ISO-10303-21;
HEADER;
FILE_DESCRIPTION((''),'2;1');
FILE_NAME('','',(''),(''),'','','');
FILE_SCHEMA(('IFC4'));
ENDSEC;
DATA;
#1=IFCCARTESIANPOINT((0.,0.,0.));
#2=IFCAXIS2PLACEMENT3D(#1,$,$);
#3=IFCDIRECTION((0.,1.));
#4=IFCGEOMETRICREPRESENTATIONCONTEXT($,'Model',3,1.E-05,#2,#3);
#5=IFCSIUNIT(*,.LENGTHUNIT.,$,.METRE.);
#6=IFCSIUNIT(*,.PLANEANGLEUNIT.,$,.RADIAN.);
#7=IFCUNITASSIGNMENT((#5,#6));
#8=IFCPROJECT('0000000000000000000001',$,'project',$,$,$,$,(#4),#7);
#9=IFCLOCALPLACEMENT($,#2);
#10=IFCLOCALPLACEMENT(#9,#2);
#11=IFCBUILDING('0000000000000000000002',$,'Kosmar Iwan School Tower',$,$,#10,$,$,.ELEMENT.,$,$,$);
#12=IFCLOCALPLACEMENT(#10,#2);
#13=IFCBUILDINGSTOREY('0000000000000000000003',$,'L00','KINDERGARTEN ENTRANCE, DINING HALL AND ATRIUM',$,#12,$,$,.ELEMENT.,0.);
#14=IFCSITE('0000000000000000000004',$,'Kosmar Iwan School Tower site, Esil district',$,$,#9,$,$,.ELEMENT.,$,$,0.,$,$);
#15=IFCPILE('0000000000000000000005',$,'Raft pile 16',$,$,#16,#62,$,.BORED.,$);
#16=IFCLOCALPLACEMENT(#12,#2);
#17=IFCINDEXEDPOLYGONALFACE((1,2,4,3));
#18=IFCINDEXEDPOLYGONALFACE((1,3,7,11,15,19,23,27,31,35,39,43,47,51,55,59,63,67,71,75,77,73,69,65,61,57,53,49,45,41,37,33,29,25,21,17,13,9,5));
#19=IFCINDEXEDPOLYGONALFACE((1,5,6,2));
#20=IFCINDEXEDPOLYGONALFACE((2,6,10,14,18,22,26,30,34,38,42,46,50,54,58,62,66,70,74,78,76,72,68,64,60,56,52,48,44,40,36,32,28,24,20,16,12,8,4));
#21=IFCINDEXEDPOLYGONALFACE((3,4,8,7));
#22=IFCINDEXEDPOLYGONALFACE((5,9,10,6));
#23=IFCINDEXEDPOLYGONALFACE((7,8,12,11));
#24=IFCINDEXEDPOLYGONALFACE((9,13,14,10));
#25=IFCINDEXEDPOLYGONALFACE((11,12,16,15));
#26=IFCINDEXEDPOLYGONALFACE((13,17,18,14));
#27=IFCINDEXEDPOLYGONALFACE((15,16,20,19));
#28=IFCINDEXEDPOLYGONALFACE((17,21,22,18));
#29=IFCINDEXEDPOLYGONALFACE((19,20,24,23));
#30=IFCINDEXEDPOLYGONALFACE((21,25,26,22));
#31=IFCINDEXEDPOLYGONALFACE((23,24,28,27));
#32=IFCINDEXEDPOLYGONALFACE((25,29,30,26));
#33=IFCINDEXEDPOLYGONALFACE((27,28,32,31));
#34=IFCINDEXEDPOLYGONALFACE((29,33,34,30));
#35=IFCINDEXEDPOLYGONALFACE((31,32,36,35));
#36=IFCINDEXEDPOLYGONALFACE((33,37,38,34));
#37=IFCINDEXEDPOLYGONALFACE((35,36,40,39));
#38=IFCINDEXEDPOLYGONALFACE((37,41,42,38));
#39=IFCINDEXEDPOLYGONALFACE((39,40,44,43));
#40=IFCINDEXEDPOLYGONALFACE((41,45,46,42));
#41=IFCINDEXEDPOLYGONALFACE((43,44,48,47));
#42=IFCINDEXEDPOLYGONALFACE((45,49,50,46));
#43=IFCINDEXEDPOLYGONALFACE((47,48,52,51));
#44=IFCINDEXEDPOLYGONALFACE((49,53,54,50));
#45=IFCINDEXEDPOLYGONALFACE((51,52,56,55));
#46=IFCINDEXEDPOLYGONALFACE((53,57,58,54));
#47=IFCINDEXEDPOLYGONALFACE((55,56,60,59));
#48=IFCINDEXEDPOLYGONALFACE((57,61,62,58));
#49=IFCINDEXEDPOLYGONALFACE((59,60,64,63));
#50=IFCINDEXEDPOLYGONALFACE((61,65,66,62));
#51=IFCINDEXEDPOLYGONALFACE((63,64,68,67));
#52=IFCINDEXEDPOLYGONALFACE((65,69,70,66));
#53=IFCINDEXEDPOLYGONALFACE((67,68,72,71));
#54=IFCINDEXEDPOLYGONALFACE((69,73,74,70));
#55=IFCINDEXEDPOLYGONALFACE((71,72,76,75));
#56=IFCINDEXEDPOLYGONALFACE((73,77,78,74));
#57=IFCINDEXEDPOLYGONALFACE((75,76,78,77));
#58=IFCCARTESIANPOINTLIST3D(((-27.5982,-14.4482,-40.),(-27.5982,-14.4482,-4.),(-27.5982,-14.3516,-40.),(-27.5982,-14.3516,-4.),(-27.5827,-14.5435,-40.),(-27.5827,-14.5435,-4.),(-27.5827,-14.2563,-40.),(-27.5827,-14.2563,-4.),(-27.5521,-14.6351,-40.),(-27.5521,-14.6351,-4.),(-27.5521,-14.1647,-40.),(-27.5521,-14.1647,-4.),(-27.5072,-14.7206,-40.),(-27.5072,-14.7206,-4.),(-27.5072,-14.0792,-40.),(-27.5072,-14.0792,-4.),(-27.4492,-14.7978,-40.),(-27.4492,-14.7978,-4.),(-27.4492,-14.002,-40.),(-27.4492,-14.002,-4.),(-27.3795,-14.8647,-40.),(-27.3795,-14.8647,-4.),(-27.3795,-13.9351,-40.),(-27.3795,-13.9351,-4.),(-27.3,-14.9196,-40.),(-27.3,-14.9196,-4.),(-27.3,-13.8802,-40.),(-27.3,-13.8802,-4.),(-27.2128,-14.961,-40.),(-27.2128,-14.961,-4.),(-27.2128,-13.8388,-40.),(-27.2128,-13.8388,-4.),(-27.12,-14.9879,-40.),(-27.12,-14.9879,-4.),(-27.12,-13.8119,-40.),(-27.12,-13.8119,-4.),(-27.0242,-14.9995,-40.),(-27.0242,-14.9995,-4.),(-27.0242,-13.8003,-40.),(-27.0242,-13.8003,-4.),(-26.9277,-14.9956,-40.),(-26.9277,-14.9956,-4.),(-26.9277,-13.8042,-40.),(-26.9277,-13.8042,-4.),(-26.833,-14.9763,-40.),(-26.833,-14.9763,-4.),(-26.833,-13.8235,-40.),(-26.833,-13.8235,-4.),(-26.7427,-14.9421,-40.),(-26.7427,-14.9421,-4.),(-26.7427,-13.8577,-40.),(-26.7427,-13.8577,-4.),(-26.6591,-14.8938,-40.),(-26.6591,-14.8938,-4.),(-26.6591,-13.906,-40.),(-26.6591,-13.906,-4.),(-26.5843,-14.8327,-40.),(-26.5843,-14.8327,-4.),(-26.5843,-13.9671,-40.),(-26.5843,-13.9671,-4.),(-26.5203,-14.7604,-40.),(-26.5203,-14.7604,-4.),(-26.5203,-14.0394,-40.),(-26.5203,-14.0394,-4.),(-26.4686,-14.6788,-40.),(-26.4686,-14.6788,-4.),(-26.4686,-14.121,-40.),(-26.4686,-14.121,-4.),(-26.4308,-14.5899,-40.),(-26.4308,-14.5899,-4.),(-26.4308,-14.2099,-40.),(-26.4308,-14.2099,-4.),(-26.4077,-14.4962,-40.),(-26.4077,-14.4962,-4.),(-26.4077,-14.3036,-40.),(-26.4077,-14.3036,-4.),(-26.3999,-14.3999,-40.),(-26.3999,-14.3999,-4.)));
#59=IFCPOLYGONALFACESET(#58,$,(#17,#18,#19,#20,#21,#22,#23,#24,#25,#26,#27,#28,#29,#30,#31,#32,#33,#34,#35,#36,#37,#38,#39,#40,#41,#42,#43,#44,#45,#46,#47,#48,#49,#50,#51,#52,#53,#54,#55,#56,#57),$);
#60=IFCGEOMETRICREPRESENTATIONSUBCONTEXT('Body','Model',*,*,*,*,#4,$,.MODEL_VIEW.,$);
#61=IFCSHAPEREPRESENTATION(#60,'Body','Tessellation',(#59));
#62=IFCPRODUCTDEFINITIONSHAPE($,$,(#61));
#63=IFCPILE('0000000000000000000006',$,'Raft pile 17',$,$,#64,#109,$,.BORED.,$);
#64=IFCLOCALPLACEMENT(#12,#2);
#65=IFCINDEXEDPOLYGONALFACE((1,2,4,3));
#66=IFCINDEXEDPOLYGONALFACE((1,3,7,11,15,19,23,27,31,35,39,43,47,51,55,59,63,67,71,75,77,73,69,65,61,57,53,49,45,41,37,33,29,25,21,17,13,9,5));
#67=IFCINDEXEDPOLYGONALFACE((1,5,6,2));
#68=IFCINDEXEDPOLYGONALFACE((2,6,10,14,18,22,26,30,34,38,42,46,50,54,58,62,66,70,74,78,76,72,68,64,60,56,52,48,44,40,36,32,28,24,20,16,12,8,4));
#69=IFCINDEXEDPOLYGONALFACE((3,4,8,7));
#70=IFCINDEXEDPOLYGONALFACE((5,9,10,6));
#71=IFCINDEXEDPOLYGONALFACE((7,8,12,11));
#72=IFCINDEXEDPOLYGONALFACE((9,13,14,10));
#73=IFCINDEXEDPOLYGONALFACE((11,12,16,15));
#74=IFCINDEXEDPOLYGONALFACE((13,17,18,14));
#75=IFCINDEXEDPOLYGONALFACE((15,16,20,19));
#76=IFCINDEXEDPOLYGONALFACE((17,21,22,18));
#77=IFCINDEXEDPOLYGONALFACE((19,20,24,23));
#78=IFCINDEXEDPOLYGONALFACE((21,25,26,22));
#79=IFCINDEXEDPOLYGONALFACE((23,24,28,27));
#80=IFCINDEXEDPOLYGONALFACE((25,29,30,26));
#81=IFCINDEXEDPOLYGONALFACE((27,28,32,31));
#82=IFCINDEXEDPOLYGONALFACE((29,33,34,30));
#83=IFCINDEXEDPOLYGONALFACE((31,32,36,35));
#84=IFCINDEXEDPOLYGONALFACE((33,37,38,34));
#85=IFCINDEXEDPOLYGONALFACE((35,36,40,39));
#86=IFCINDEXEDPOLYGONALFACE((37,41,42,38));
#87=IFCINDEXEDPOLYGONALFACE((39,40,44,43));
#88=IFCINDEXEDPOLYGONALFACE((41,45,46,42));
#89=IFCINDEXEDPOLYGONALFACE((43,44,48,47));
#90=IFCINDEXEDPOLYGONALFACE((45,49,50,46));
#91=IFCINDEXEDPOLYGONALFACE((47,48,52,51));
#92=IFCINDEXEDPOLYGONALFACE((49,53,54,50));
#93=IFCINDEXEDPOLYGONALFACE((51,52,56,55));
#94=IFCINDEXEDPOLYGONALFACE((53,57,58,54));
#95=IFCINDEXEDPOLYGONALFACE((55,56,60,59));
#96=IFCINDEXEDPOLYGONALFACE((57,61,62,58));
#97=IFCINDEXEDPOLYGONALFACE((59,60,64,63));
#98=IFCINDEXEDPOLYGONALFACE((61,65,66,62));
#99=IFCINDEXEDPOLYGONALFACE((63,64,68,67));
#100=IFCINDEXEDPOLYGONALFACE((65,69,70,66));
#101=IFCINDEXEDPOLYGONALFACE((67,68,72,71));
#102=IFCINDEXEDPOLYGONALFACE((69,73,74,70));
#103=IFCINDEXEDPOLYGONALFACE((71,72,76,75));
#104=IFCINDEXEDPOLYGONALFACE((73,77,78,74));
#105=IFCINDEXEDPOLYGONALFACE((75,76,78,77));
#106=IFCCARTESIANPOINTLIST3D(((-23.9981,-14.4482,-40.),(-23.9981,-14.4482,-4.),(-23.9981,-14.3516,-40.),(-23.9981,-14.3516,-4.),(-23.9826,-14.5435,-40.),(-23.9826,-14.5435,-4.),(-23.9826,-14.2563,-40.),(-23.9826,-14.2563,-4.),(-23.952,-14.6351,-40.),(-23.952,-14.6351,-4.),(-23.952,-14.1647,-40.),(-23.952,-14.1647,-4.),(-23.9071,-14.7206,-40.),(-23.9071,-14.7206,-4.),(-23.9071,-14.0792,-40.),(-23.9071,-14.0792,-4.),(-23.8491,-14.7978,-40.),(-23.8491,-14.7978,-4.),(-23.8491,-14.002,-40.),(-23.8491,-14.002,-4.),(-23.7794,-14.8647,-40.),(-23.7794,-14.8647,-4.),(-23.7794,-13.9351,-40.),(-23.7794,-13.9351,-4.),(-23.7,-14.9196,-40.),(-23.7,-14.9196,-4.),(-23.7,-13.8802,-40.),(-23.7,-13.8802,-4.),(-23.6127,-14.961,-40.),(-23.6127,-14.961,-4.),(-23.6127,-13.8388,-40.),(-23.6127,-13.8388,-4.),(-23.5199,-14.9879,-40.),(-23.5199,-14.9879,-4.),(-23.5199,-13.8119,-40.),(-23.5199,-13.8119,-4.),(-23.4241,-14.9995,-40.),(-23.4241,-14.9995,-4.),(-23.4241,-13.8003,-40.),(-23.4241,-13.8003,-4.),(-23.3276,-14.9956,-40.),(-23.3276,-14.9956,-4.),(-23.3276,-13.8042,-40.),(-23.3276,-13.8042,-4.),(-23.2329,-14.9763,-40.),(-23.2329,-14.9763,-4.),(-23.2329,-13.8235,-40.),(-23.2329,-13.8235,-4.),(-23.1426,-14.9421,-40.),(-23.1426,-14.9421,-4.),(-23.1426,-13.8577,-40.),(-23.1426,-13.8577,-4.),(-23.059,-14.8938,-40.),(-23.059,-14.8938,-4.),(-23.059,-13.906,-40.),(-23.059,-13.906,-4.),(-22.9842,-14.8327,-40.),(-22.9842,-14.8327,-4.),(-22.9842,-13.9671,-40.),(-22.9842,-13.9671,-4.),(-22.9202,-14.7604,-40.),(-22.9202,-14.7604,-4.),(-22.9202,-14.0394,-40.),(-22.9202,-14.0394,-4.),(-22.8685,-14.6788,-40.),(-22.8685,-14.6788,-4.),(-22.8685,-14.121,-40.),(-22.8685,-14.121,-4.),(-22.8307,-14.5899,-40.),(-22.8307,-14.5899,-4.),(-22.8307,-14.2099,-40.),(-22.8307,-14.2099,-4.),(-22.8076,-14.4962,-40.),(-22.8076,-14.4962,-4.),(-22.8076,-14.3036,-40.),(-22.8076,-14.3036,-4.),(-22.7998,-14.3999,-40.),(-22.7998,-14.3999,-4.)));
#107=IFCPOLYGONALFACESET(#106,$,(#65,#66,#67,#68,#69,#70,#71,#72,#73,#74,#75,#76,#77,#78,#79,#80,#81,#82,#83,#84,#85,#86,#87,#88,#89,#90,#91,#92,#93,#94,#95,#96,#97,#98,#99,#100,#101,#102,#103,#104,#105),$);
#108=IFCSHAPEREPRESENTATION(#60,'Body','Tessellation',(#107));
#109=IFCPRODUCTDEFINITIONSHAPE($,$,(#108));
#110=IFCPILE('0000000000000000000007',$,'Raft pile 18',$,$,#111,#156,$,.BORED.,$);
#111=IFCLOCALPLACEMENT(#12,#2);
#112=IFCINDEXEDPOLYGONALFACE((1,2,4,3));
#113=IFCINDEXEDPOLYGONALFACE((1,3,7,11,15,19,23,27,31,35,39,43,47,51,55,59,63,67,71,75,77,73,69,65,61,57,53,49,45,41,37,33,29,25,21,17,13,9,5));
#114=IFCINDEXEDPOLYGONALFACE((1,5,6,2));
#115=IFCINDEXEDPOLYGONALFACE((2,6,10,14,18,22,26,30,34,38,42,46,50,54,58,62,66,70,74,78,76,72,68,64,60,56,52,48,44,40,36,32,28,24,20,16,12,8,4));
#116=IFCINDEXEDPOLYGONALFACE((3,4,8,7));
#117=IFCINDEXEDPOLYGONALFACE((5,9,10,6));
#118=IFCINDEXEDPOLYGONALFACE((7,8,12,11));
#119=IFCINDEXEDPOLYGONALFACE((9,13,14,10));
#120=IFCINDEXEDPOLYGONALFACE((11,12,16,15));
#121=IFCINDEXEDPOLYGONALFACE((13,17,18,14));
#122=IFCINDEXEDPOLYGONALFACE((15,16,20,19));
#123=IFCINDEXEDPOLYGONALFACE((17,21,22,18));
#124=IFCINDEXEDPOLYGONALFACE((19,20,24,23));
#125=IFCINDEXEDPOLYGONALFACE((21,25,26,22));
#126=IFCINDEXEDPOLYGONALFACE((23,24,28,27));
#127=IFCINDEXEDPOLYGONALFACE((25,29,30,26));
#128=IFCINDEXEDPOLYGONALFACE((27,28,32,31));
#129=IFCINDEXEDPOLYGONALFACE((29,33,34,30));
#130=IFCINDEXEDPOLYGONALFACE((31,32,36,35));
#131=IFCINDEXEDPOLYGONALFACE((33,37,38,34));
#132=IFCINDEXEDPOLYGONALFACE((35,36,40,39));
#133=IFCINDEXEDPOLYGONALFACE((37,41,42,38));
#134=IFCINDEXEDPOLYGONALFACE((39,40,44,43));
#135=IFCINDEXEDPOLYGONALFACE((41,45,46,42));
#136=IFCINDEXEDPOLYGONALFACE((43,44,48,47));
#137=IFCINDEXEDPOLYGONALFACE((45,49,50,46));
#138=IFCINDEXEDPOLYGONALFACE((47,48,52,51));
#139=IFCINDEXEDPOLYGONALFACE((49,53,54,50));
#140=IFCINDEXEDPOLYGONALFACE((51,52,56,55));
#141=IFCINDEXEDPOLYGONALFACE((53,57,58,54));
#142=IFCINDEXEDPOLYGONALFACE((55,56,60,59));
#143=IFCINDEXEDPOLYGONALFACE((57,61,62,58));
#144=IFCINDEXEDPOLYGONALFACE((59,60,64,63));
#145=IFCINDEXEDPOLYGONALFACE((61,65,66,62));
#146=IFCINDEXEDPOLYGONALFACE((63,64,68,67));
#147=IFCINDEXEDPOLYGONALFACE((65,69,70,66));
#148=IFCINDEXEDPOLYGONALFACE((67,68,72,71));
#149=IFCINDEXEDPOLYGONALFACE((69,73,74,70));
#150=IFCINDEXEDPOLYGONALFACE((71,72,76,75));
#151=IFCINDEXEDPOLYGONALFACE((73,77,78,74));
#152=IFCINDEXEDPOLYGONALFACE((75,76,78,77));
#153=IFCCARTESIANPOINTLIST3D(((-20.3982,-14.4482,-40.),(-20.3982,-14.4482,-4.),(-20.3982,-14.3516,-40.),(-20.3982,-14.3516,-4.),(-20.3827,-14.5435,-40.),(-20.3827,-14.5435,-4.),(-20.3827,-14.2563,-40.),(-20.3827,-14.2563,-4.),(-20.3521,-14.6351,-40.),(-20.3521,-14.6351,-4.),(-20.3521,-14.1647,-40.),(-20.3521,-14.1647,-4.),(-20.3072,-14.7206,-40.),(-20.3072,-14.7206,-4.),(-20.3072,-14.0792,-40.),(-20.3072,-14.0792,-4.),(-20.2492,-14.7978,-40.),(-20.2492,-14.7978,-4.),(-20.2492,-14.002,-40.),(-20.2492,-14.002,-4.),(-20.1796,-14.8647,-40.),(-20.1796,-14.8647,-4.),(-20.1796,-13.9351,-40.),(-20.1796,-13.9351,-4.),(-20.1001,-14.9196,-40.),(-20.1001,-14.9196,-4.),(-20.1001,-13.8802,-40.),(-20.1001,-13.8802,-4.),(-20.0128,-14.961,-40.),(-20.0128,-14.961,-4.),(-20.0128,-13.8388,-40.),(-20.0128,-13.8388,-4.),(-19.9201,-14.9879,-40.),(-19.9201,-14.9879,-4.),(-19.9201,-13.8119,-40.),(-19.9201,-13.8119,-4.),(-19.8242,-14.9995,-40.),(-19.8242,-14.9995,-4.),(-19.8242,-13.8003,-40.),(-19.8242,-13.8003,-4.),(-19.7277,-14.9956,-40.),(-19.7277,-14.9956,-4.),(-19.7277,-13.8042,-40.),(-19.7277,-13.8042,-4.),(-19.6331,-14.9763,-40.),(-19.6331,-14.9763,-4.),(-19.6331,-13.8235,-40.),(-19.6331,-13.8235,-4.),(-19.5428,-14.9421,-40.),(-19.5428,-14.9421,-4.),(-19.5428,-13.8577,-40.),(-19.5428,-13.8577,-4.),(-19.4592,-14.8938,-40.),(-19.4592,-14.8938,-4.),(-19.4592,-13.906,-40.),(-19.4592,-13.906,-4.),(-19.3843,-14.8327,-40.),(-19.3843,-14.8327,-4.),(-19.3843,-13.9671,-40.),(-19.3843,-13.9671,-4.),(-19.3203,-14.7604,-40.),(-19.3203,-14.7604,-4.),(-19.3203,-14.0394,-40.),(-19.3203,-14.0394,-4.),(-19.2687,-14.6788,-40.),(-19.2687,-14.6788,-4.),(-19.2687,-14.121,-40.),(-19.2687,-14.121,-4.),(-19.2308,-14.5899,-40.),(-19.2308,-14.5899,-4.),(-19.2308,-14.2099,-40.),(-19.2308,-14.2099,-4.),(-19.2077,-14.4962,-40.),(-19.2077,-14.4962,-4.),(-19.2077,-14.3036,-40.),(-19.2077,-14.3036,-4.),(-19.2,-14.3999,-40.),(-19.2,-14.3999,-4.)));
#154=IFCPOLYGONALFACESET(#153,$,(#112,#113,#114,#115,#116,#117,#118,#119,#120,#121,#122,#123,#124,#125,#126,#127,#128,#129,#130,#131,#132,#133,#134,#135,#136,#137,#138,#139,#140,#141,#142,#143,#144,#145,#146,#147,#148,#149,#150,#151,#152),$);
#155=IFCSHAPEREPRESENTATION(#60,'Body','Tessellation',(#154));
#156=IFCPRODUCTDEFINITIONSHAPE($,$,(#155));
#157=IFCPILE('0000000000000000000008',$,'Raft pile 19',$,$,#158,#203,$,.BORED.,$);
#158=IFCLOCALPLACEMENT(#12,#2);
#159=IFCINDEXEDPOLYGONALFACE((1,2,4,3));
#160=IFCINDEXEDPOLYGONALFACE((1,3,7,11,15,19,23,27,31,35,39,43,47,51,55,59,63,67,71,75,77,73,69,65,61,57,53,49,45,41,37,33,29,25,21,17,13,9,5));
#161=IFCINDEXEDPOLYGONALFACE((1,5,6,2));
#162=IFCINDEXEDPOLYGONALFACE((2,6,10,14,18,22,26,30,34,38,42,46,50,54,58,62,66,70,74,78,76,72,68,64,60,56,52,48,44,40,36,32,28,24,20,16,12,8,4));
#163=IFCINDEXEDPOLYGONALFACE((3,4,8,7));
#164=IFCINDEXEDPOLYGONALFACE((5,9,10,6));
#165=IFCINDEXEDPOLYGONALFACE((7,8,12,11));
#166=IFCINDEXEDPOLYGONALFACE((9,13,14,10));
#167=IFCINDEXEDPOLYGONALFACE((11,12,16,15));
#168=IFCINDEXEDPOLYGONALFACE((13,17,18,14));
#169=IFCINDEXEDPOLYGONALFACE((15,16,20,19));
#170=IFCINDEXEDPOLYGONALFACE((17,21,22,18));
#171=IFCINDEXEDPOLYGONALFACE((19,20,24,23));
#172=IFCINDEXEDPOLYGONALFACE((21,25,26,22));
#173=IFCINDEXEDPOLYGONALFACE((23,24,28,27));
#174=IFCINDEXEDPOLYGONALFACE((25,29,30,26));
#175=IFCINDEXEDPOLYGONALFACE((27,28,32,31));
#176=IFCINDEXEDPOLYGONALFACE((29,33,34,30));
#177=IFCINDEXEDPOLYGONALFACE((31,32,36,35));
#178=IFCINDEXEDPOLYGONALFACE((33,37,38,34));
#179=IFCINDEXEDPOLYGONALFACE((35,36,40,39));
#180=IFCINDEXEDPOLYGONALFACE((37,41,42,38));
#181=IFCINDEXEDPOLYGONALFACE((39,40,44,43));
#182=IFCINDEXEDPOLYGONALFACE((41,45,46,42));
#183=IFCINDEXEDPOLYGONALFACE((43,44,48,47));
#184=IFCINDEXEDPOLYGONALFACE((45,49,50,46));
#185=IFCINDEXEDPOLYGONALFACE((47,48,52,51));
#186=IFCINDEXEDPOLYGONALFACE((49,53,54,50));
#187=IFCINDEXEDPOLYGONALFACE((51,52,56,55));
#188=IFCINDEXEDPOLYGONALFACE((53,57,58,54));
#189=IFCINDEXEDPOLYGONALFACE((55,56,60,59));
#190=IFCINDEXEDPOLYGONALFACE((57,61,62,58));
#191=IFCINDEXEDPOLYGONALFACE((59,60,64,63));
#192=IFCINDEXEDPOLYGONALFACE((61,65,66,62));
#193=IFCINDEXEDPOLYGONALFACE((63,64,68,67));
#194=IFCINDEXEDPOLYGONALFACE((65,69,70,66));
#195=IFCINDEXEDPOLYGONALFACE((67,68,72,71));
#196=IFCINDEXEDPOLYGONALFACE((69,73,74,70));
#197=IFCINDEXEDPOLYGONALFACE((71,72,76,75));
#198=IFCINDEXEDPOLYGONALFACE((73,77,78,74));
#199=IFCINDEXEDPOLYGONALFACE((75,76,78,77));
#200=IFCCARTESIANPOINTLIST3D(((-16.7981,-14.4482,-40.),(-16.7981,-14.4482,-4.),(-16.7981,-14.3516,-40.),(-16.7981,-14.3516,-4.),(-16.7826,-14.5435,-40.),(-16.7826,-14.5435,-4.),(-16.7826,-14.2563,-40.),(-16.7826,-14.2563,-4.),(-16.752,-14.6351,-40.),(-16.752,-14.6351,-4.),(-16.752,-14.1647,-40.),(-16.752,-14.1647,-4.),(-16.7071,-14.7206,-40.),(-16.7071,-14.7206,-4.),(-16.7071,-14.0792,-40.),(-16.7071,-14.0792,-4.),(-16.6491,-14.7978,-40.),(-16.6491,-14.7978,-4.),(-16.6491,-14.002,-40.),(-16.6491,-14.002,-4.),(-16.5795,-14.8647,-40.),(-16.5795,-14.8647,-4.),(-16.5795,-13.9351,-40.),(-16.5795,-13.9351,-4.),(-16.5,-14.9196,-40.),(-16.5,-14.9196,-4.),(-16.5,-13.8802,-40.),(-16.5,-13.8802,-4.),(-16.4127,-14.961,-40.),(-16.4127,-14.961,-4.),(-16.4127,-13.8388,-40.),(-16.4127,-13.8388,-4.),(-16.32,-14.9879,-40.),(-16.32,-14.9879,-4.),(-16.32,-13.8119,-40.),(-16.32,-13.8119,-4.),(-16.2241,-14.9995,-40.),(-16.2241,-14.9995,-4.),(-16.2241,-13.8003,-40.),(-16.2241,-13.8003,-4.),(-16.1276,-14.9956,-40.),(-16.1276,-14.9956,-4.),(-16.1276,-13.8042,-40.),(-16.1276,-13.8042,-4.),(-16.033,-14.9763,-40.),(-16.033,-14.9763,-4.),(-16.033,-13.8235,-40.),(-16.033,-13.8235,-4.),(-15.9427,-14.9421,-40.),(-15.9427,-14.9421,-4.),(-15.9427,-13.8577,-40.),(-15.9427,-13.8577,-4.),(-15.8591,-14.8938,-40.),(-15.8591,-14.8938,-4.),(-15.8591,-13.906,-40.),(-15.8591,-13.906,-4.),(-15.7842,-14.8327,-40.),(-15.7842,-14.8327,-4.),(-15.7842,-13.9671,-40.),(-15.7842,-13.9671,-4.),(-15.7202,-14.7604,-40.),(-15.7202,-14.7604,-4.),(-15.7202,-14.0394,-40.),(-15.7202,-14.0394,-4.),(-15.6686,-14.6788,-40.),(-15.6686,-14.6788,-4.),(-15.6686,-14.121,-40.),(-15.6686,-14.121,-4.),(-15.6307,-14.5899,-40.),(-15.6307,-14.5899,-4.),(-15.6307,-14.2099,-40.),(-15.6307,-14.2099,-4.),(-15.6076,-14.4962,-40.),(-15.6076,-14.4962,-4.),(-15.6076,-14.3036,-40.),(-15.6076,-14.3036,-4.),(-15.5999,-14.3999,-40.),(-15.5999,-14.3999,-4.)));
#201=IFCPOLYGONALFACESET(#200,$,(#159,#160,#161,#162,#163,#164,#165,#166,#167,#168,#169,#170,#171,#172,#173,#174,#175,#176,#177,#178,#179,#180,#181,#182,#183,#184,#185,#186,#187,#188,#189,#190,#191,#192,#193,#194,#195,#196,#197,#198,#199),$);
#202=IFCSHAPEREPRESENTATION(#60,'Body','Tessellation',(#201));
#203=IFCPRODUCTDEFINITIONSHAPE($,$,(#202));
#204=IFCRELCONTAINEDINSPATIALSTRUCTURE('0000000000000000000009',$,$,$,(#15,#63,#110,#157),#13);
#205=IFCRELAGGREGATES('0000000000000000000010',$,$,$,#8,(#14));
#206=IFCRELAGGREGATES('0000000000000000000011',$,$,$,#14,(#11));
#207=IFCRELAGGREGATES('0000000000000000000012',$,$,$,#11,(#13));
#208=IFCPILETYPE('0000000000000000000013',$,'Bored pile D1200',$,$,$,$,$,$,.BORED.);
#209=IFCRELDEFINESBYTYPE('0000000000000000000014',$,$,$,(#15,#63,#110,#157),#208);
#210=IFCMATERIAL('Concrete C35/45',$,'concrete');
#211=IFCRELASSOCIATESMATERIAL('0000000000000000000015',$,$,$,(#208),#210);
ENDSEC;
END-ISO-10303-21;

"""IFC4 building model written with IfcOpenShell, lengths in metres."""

from ifc_helpers import new_model, si_unit, direction, frame, origin, origin_2d, place, context, subcontext, project, spatial, circle, extrude, material, material_profile, profile_set, type_object, element, save


model = new_model("IFC4")

# Units and contexts
model_context = context("Model", 3, precision=1e-05, world=origin(), true_north=direction((0.0, 1.0)))
body_context = subcontext(model_context, "Body", "Model", "MODEL_VIEW")
ifc_project = project(units=[si_unit("LENGTHUNIT", "METRE"), si_unit("PLANEANGLEUNIT", "RADIAN")], contexts=[model_context])

# Site, building, storey
site_placement = place(None, origin())
site = spatial("IfcSite", under=ifc_project, at=site_placement, Name="Kosmar Iwan School Tower site, Esil district", CompositionType="ELEMENT", RefElevation=0.0)
building_placement = place(site_placement, origin())
building = spatial("IfcBuilding", under=site, at=building_placement, Name="Kosmar Iwan School Tower", CompositionType="ELEMENT")
storey_placement = place(building_placement, origin())
storey = spatial("IfcBuildingStorey", under=building, at=storey_placement, Name="L00", Description="KINDERGARTEN ENTRANCE, DINING HALL AND ATRIUM", CompositionType="ELEMENT", Elevation=0.0)

# Piles
ifc_material_1 = material(Name="Concrete C35/45", Category="concrete")
ifc_material_profile_1 = material_profile(ifc_material_1, circle(Radius=0.6001, at=origin_2d()), Name="D1200")
ifc_profile_set_1 = profile_set([ifc_material_profile_1], Name="Concrete C35/45")
pile_type = type_object("IfcPileType", Name="Bored pile D1200", PredefinedType="BORED", material=ifc_profile_set_1)
for number, where, z_axis, x_axis, name in (
    (1, (-27.0, -14.3999, -4.0), (0.0, 0.0, -1.0), (1.0, 0.0, 0.0), "Raft pile 16"),
    (2, (-23.3999, -14.3999, -4.0), (0.0, 0.0, -1.0), (1.0, 0.0, 0.0), "Raft pile 17"),
    (3, (-19.8, -14.3999, -4.0), (0.0, 0.0, -1.0), (1.0, 0.0, 0.0), "Raft pile 18"),
    (4, (-16.2, -14.3999, -4.0), (0.0, 0.0, -1.0), (1.0, 0.0, 0.0), "Raft pile 19"),
):
    element("IfcPile", number, at=place(storey_placement, frame(where, z_axis=z_axis, x_axis=x_axis)), inside=storey, type_object=pile_type, Name=name, PredefinedType="BORED", context=body_context, shape_type="SweptSolid", body=[
        extrude(circle(Radius=0.6001, at=origin_2d()), origin(), (0.0, 0.0, 1.0), 36.0),
    ])

save(model, "model.ifc")
